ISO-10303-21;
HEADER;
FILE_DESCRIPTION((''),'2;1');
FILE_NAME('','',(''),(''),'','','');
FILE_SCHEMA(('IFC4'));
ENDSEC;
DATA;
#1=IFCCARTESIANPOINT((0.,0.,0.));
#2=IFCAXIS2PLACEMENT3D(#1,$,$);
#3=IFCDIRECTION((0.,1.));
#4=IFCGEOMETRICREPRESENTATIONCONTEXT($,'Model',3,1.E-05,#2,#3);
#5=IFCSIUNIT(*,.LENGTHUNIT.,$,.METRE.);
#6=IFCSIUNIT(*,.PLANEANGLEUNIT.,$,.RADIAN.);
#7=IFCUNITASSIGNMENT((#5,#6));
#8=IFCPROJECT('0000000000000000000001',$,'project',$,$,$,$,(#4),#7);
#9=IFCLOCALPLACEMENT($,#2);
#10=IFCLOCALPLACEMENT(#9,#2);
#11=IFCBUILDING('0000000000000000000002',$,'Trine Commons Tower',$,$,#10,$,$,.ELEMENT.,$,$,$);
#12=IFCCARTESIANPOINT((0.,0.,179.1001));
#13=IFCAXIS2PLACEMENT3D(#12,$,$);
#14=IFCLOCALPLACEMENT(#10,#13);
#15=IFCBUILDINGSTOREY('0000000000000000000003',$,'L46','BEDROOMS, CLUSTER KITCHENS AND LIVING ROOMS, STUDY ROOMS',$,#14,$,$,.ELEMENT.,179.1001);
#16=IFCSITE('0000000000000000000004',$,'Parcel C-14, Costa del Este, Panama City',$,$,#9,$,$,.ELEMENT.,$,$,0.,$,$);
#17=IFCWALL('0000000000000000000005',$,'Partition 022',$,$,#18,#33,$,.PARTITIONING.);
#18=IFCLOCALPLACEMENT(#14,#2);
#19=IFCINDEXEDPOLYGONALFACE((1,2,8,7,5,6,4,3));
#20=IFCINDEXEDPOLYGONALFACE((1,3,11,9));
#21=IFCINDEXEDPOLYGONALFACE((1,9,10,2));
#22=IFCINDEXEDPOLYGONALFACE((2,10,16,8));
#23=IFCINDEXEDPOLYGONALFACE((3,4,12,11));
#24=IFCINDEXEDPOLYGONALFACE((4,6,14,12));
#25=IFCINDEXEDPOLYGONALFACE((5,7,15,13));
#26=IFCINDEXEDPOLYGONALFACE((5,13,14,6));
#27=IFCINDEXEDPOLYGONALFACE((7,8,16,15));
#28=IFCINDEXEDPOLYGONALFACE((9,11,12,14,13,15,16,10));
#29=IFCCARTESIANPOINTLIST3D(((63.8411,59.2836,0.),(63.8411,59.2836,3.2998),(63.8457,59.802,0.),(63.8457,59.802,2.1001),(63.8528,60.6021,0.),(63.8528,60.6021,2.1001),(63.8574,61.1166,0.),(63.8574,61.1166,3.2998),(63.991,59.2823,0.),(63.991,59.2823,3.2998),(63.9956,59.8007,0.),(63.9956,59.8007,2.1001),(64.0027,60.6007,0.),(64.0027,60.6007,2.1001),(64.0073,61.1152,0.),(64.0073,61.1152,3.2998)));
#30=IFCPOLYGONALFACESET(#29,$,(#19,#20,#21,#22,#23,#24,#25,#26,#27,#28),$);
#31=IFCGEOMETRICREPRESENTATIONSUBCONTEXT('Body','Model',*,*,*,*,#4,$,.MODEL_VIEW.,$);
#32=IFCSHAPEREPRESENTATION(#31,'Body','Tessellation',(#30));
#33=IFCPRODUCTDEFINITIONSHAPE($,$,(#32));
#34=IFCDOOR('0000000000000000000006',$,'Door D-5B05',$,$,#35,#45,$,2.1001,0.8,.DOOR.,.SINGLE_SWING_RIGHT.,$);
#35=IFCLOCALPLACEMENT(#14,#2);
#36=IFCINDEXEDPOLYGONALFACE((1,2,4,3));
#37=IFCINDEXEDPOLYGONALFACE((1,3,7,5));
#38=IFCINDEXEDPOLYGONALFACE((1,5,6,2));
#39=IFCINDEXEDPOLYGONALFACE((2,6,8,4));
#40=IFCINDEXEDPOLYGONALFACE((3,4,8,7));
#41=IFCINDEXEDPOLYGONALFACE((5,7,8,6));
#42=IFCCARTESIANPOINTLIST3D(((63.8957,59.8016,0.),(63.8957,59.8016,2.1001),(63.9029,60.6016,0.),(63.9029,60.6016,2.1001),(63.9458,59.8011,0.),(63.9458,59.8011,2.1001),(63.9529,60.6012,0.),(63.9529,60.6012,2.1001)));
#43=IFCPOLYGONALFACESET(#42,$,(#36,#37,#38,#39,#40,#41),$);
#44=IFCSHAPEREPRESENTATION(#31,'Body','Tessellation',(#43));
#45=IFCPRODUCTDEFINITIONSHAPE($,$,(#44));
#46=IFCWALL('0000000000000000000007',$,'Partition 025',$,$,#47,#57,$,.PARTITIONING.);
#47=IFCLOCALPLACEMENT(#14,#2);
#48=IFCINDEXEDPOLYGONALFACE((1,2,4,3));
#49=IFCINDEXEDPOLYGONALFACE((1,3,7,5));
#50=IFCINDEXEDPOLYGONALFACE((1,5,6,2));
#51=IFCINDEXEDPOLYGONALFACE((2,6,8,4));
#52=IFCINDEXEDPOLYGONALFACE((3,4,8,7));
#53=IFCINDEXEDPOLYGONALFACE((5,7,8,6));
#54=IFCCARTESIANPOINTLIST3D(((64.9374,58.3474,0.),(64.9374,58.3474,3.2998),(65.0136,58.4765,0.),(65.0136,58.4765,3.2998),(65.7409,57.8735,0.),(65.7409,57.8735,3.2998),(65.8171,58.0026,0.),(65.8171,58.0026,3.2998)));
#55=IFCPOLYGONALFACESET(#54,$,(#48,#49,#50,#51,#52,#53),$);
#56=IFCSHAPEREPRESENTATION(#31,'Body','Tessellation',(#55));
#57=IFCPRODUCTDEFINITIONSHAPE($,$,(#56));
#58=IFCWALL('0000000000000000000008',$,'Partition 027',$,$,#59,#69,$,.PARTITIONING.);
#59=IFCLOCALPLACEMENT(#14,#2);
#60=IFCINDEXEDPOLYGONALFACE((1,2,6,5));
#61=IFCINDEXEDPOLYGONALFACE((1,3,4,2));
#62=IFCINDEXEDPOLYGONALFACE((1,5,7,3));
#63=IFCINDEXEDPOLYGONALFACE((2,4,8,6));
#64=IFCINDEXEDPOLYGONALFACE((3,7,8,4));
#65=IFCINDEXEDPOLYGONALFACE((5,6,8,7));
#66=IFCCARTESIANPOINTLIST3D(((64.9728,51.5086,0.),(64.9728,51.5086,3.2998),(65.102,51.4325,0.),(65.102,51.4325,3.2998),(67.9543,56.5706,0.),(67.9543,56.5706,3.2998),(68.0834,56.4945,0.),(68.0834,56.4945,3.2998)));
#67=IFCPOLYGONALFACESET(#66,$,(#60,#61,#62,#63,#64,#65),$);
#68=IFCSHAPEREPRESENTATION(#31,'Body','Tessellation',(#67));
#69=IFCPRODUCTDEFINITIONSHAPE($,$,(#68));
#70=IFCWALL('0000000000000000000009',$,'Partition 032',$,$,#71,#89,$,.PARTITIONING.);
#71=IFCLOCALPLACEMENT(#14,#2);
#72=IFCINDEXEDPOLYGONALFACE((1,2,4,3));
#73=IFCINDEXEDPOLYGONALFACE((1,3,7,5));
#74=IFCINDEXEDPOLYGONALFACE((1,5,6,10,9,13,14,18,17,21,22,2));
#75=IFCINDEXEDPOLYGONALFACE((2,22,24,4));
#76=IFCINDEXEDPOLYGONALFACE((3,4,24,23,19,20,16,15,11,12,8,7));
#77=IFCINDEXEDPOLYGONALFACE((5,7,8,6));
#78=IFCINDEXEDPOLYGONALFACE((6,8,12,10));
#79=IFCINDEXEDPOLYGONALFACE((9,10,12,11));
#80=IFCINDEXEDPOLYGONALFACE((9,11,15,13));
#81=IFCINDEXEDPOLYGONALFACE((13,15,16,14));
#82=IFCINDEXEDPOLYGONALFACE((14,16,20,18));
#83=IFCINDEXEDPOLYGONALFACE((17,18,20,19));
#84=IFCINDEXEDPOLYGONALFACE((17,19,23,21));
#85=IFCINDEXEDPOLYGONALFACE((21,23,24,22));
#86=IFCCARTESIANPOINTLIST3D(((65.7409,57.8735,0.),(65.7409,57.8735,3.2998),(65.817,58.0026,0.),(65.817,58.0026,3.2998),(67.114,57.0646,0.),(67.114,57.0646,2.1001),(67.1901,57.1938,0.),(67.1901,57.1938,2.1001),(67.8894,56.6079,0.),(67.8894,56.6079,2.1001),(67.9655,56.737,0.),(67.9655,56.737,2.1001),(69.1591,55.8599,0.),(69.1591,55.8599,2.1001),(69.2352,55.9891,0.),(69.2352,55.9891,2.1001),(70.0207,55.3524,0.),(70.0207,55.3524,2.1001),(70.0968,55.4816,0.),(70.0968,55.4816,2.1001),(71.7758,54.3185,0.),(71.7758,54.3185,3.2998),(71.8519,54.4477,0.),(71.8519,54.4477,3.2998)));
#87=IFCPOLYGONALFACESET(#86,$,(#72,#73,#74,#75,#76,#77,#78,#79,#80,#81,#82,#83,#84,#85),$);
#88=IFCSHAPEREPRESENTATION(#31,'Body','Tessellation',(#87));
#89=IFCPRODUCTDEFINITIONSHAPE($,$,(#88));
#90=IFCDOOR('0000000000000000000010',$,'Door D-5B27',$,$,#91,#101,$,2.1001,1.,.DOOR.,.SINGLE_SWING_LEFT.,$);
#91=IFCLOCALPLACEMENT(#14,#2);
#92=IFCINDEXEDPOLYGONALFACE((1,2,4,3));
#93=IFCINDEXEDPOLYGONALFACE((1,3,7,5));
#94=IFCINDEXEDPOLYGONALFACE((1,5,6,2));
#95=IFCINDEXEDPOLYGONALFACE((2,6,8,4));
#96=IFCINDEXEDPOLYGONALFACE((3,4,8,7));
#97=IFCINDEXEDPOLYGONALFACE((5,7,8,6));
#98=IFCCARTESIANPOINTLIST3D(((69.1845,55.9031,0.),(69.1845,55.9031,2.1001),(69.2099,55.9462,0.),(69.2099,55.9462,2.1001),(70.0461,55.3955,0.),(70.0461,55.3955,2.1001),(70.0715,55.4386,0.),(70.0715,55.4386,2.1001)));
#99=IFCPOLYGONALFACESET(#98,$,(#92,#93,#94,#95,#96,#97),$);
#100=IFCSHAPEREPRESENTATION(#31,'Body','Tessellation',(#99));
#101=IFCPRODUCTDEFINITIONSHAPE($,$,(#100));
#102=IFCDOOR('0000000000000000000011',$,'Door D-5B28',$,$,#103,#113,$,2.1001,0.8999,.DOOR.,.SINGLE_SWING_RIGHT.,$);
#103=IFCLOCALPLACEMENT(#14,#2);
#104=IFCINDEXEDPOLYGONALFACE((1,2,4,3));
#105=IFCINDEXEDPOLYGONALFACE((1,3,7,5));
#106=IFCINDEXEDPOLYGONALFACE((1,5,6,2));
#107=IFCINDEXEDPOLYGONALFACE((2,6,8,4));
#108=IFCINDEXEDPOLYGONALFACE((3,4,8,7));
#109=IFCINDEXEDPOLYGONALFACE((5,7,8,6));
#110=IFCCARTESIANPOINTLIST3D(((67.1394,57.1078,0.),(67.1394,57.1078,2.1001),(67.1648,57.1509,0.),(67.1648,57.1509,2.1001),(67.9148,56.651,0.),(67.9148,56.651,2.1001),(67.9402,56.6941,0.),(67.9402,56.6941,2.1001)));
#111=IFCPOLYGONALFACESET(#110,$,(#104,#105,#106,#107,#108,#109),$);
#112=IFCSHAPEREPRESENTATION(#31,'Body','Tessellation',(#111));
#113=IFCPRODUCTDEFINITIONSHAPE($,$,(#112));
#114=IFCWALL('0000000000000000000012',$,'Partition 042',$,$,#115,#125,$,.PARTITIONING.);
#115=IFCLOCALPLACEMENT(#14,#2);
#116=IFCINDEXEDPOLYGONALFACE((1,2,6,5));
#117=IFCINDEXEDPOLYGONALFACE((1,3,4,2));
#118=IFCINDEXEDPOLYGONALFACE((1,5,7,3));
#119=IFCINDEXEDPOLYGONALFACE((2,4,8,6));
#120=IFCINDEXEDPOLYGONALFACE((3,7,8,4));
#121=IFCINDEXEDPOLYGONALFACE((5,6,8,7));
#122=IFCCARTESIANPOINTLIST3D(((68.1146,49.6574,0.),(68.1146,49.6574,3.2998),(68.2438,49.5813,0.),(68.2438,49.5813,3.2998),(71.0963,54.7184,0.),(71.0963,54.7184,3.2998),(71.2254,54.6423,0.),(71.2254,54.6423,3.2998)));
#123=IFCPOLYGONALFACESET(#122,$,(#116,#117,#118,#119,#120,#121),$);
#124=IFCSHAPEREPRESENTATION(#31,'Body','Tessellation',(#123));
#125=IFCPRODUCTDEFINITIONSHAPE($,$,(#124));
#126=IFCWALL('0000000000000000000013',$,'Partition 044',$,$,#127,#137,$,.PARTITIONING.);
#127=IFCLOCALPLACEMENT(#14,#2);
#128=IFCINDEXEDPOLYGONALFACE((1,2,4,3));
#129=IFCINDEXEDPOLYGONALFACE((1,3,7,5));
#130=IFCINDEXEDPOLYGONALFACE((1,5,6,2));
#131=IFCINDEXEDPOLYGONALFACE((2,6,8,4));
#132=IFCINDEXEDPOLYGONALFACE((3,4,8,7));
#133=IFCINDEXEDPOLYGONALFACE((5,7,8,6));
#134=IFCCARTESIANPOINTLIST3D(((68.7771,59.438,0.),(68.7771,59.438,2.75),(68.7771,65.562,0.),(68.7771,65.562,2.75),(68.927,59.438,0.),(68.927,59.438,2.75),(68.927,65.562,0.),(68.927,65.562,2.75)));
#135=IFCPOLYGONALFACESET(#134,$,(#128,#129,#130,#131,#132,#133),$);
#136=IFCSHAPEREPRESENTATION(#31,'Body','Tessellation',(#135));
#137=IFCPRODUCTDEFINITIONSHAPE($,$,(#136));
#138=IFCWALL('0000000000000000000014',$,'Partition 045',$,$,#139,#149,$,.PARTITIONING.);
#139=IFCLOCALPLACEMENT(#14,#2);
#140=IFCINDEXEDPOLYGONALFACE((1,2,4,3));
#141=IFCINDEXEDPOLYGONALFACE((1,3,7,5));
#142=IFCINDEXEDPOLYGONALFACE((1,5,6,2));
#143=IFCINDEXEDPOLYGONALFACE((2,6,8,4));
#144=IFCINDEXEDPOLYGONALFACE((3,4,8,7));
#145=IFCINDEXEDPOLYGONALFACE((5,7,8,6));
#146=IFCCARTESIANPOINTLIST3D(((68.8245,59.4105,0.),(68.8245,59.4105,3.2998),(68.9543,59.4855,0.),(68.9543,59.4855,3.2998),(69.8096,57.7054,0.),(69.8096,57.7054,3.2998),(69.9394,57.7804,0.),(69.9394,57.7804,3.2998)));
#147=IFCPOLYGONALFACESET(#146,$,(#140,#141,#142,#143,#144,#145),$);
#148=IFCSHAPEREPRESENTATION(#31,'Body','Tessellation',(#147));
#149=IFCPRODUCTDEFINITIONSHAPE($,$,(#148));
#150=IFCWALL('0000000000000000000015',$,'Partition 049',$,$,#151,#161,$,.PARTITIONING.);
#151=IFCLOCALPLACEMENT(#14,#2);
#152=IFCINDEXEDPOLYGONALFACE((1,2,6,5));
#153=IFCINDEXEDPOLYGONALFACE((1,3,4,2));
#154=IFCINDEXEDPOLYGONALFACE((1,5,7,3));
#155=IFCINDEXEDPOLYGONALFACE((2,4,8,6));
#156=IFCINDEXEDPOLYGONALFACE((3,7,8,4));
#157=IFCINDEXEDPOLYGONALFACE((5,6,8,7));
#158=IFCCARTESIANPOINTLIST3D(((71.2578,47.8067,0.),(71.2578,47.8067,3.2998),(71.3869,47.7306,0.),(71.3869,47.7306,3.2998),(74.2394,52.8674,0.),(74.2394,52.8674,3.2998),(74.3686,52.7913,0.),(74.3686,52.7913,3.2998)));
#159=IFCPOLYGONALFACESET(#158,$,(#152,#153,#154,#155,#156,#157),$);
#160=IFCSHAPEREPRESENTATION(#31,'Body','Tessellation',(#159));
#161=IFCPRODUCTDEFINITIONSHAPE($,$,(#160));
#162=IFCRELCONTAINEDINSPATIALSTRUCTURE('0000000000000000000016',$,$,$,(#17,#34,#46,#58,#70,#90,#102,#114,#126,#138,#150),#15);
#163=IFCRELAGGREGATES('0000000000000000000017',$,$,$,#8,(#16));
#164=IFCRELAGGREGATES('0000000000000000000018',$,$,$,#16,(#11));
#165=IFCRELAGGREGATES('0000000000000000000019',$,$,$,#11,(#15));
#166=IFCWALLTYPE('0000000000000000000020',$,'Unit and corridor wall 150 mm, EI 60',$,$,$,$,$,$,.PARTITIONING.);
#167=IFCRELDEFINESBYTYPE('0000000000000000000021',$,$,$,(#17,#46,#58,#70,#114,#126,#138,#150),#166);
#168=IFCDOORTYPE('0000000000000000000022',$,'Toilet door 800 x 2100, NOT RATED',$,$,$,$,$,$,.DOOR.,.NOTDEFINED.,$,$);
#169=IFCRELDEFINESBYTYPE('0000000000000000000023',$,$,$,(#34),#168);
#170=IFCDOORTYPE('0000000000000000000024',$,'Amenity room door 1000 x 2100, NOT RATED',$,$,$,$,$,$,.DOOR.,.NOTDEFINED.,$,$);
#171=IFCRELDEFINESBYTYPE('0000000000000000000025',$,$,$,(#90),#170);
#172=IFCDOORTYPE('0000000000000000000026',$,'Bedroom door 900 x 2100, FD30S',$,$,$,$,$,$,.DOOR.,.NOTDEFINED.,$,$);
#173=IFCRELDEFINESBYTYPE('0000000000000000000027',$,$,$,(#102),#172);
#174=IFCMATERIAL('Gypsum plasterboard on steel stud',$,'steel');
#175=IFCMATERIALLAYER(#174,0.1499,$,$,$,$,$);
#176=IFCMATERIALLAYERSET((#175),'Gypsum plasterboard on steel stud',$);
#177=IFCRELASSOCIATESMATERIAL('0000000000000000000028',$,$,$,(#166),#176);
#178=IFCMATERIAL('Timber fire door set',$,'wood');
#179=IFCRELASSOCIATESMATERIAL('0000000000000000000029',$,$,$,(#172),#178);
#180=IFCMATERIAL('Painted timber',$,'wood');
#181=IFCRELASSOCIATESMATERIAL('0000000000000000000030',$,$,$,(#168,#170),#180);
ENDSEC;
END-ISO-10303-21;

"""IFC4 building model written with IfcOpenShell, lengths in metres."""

from ifc_helpers import new_model, si_unit, direction, frame, frame_2d, origin, place, context, subcontext, project, spatial, rectangle, extrude, material, layer, layer_set, type_object, element, fill, save


model = new_model("IFC4")

# Units and contexts
model_context = context("Model", 3, precision=1e-05, world=origin(), true_north=direction((0.0, 1.0)))
body_context = subcontext(model_context, "Body", "Model", "MODEL_VIEW")
ifc_project = project(units=[si_unit("LENGTHUNIT", "METRE"), si_unit("PLANEANGLEUNIT", "RADIAN")], contexts=[model_context])

# Site, building, storey
site_placement = place(None, origin())
site = spatial("IfcSite", under=ifc_project, at=site_placement, Name="Parcel C-14, Costa del Este, Panama City", CompositionType="ELEMENT", RefElevation=0.0)
building_placement = place(site_placement, origin())
building = spatial("IfcBuilding", under=site, at=building_placement, Name="Trine Commons Tower", CompositionType="ELEMENT")
storey_placement = place(building_placement, frame((0.0, 0.0, 179.1001)))
storey = spatial("IfcBuildingStorey", under=building, at=storey_placement, Name="L46", Description="BEDROOMS, CLUSTER KITCHENS AND LIVING ROOMS, STUDY ROOMS", CompositionType="ELEMENT", Elevation=179.1001)

# Shared definitions
ifc_material_1 = material(Name="Gypsum plasterboard on steel stud", Category="steel")
ifc_layer_1 = layer(ifc_material_1, 0.1499)
ifc_layer_set_1 = layer_set([ifc_layer_1], Name="Gypsum plasterboard on steel stud")
wall_type_1 = type_object("IfcWallType", Name="Unit and corridor wall 150 mm, EI 60", PredefinedType="PARTITIONING", material=ifc_layer_set_1)
ifc_material_2 = material(Name="Timber fire door set", Category="wood")
door_type_1 = type_object("IfcDoorType", Name="Bedroom door 900 x 2100, FD30S", OperationType="NOTDEFINED", PredefinedType="DOOR", material=ifc_material_2)

# Wall, opening, door
wall_1_placement = place(storey_placement, frame((63.916, 59.283, 0.0), z_axis=(0.0, 0.0, 1.0), x_axis=(0.008923, 0.99996, 0.0)))
wall_1 = element("IfcWall", 1, at=wall_1_placement, inside=storey, type_object=wall_type_1, Name="Partition 022", PredefinedType="PARTITIONING", context=body_context, shape_type="SweptSolid", body=[
    extrude(rectangle(XDim=1.833, YDim=0.1499, at=frame_2d((0.9165, 0.0))), origin(), (0.0, 0.0, 1.0), 3.2998),
])
opening_1_placement = place(wall_1_placement, frame((0.5186, 0.0, 0.0)))
opening_1 = element("IfcOpeningElement", 2, at=opening_1_placement, cuts=wall_1, PredefinedType="OPENING", context=body_context, shape_type="SweptSolid", body=[
    extrude(rectangle(XDim=0.8, YDim=2.1001, at=frame_2d((0.3999, 1.05))), frame((0.0, 0.085, 0.0), z_axis=(0.0, -1.0, 0.0), x_axis=(1.0, 0.0, 0.0)), (0.0, 0.0, 1.0), 0.1699),
])
ifc_material_3 = material(Name="Painted timber", Category="wood")
door_type_2 = type_object("IfcDoorType", Name="Toilet door 800 x 2100, NOT RATED", OperationType="NOTDEFINED", PredefinedType="DOOR", material=ifc_material_3)
door_1_placement = place(opening_1_placement, origin())
door_1 = element("IfcDoor", 3, at=door_1_placement, inside=storey, type_object=door_type_2, Name="Door D-5B05", OperationType="SINGLE_SWING_RIGHT", OverallHeight=2.1001, OverallWidth=0.8, PredefinedType="DOOR", context=body_context, shape_type="SweptSolid", body=[
    extrude(rectangle(XDim=0.8, YDim=2.1001, at=frame_2d((0.3999, 1.05))), frame((0.0, 0.0249, 0.0), z_axis=(0.0, -1.0, 0.0), x_axis=(1.0, 0.0, 0.0)), (0.0, 0.0, 1.0), 0.05),
])
fill(opening_1, door_1)

# Walls
wall_2_placement = place(storey_placement, frame((64.9756, 58.4119, 0.0), z_axis=(0.0, 0.0, 1.0), x_axis=(0.861348, -0.508015, 0.0)))
element("IfcWall", 4, at=wall_2_placement, inside=storey, type_object=wall_type_1, Name="Partition 025", PredefinedType="PARTITIONING", context=body_context, shape_type="SweptSolid", body=[
    extrude(rectangle(XDim=0.9329, YDim=0.1499, at=frame_2d((0.4663, 0.0))), origin(), (0.0, 0.0, 1.0), 3.2998),
])
wall_3_placement = place(storey_placement, frame((65.0374, 51.4705, 0.0), z_axis=(0.0, 0.0, 1.0), x_axis=(0.5075, 0.861652, 0.0)))
element("IfcWall", 5, at=wall_3_placement, inside=storey, type_object=wall_type_1, Name="Partition 027", PredefinedType="PARTITIONING", context=body_context, shape_type="SweptSolid", body=[
    extrude(rectangle(XDim=5.8748, YDim=0.1499, at=frame_2d((2.9375, 0.0))), origin(), (0.0, 0.0, 1.0), 3.2998),
])

# Wall, openings, doors
wall_4_placement = place(storey_placement, frame((65.7791, 57.938, 0.0), z_axis=(0.0, 0.0, 1.0), x_axis=(0.861623, -0.507549, 0.0)))
wall_4 = element("IfcWall", 6, at=wall_4_placement, inside=storey, type_object=wall_type_1, Name="Partition 032", PredefinedType="PARTITIONING", context=body_context, shape_type="SweptSolid", body=[
    extrude(rectangle(XDim=7.0042, YDim=0.1499, at=frame_2d((3.502, 0.0))), origin(), (0.0, 0.0, 1.0), 3.2998),
])
opening_2_placement = place(wall_4_placement, frame((3.967, 0.0, 0.0)))
opening_2 = element("IfcOpeningElement", 7, at=opening_2_placement, cuts=wall_4, PredefinedType="OPENING", context=body_context, shape_type="SweptSolid", body=[
    extrude(rectangle(XDim=1.0, YDim=2.1001, at=frame_2d((0.5, 1.05))), frame((0.0, 0.085, 0.0), z_axis=(0.0, -1.0, 0.0), x_axis=(1.0, 0.0, 0.0)), (0.0, 0.0, 1.0), 0.1699),
])
opening_3_placement = place(wall_4_placement, frame((1.5935, 0.0, 0.0)))
opening_3 = element("IfcOpeningElement", 8, at=opening_3_placement, cuts=wall_4, PredefinedType="OPENING", context=body_context, shape_type="SweptSolid", body=[
    extrude(rectangle(XDim=0.8999, YDim=2.1001, at=frame_2d((0.45, 1.05))), frame((0.0, 0.085, 0.0), z_axis=(0.0, -1.0, 0.0), x_axis=(1.0, 0.0, 0.0)), (0.0, 0.0, 1.0), 0.1699),
])
door_type_3 = type_object("IfcDoorType", Name="Amenity room door 1000 x 2100, NOT RATED", OperationType="NOTDEFINED", PredefinedType="DOOR", material=ifc_material_3)
door_2_placement = place(opening_2_placement, frame((1.0, 0.0, 0.0), z_axis=(0.0, 0.0, 1.0), x_axis=(-1.0, 0.0, 0.0)))
door_2 = element("IfcDoor", 9, at=door_2_placement, inside=storey, type_object=door_type_3, Name="Door D-5B27", OperationType="SINGLE_SWING_LEFT", OverallHeight=2.1001, OverallWidth=1.0, PredefinedType="DOOR", context=body_context, shape_type="SweptSolid", body=[
    extrude(rectangle(XDim=1.0, YDim=2.1001, at=frame_2d((0.5, 1.05))), frame((0.0, 0.0249, 0.0), z_axis=(0.0, -1.0, 0.0), x_axis=(1.0, 0.0, 0.0)), (0.0, 0.0, 1.0), 0.05),
])
fill(opening_2, door_2)
door_3_placement = place(opening_3_placement, frame((0.8999, 0.0, 0.0), z_axis=(0.0, 0.0, 1.0), x_axis=(-1.0, 0.0, 0.0)))
door_3 = element("IfcDoor", 10, at=door_3_placement, inside=storey, type_object=door_type_1, Name="Door D-5B28", OperationType="SINGLE_SWING_RIGHT", OverallHeight=2.1001, OverallWidth=0.8999, PredefinedType="DOOR", context=body_context, shape_type="SweptSolid", body=[
    extrude(rectangle(XDim=0.8999, YDim=2.1001, at=frame_2d((0.45, 1.05))), frame((0.0, 0.0249, 0.0), z_axis=(0.0, -1.0, 0.0), x_axis=(1.0, 0.0, 0.0)), (0.0, 0.0, 1.0), 0.05),
])
fill(opening_3, door_3)

# Walls
wall_5_placement = place(storey_placement, frame((68.1792, 49.6194, 0.0), z_axis=(0.0, 0.0, 1.0), x_axis=(0.507603, 0.861591, 0.0)))
element("IfcWall", 11, at=wall_5_placement, inside=storey, type_object=wall_type_1, Name="Partition 042", PredefinedType="PARTITIONING", context=body_context, shape_type="SweptSolid", body=[
    extrude(rectangle(XDim=5.874, YDim=0.1499, at=frame_2d((2.937, 0.0))), origin(), (0.0, 0.0, 1.0), 3.2998),
])
wall_6_placement = place(storey_placement, frame((68.8521, 59.438, 0.0), z_axis=(0.0, 0.0, 1.0), x_axis=(0.0, 1.0, 0.0)))
element("IfcWall", 12, at=wall_6_placement, inside=storey, type_object=wall_type_1, Name="Partition 044", PredefinedType="PARTITIONING", context=body_context, shape_type="SweptSolid", body=[
    extrude(rectangle(XDim=6.124, YDim=0.1499, at=frame_2d((3.062, 0.0))), origin(), (0.0, 0.0, 1.0), 2.75),
])
wall_7_placement = place(storey_placement, frame((68.8894, 59.448, 0.0), z_axis=(0.0, 0.0, 1.0), x_axis=(0.500259, -0.865876, 0.0)))
element("IfcWall", 13, at=wall_7_placement, inside=storey, type_object=wall_type_1, Name="Partition 045", PredefinedType="PARTITIONING", context=body_context, shape_type="SweptSolid", body=[
    extrude(rectangle(XDim=1.9692, YDim=0.1499, at=frame_2d((0.9846, 0.0))), origin(), (0.0, 0.0, 1.0), 3.2998),
])
wall_8_placement = place(storey_placement, frame((71.3223, 47.7686, 0.0), z_axis=(0.0, 0.0, 1.0), x_axis=(0.507621, 0.86158, 0.0)))
element("IfcWall", 14, at=wall_8_placement, inside=storey, type_object=wall_type_1, Name="Partition 049", PredefinedType="PARTITIONING", context=body_context, shape_type="SweptSolid", body=[
    extrude(rectangle(XDim=5.8738, YDim=0.1499, at=frame_2d((2.937, 0.0))), origin(), (0.0, 0.0, 1.0), 3.2998),
])

save(model, "model.ifc")
